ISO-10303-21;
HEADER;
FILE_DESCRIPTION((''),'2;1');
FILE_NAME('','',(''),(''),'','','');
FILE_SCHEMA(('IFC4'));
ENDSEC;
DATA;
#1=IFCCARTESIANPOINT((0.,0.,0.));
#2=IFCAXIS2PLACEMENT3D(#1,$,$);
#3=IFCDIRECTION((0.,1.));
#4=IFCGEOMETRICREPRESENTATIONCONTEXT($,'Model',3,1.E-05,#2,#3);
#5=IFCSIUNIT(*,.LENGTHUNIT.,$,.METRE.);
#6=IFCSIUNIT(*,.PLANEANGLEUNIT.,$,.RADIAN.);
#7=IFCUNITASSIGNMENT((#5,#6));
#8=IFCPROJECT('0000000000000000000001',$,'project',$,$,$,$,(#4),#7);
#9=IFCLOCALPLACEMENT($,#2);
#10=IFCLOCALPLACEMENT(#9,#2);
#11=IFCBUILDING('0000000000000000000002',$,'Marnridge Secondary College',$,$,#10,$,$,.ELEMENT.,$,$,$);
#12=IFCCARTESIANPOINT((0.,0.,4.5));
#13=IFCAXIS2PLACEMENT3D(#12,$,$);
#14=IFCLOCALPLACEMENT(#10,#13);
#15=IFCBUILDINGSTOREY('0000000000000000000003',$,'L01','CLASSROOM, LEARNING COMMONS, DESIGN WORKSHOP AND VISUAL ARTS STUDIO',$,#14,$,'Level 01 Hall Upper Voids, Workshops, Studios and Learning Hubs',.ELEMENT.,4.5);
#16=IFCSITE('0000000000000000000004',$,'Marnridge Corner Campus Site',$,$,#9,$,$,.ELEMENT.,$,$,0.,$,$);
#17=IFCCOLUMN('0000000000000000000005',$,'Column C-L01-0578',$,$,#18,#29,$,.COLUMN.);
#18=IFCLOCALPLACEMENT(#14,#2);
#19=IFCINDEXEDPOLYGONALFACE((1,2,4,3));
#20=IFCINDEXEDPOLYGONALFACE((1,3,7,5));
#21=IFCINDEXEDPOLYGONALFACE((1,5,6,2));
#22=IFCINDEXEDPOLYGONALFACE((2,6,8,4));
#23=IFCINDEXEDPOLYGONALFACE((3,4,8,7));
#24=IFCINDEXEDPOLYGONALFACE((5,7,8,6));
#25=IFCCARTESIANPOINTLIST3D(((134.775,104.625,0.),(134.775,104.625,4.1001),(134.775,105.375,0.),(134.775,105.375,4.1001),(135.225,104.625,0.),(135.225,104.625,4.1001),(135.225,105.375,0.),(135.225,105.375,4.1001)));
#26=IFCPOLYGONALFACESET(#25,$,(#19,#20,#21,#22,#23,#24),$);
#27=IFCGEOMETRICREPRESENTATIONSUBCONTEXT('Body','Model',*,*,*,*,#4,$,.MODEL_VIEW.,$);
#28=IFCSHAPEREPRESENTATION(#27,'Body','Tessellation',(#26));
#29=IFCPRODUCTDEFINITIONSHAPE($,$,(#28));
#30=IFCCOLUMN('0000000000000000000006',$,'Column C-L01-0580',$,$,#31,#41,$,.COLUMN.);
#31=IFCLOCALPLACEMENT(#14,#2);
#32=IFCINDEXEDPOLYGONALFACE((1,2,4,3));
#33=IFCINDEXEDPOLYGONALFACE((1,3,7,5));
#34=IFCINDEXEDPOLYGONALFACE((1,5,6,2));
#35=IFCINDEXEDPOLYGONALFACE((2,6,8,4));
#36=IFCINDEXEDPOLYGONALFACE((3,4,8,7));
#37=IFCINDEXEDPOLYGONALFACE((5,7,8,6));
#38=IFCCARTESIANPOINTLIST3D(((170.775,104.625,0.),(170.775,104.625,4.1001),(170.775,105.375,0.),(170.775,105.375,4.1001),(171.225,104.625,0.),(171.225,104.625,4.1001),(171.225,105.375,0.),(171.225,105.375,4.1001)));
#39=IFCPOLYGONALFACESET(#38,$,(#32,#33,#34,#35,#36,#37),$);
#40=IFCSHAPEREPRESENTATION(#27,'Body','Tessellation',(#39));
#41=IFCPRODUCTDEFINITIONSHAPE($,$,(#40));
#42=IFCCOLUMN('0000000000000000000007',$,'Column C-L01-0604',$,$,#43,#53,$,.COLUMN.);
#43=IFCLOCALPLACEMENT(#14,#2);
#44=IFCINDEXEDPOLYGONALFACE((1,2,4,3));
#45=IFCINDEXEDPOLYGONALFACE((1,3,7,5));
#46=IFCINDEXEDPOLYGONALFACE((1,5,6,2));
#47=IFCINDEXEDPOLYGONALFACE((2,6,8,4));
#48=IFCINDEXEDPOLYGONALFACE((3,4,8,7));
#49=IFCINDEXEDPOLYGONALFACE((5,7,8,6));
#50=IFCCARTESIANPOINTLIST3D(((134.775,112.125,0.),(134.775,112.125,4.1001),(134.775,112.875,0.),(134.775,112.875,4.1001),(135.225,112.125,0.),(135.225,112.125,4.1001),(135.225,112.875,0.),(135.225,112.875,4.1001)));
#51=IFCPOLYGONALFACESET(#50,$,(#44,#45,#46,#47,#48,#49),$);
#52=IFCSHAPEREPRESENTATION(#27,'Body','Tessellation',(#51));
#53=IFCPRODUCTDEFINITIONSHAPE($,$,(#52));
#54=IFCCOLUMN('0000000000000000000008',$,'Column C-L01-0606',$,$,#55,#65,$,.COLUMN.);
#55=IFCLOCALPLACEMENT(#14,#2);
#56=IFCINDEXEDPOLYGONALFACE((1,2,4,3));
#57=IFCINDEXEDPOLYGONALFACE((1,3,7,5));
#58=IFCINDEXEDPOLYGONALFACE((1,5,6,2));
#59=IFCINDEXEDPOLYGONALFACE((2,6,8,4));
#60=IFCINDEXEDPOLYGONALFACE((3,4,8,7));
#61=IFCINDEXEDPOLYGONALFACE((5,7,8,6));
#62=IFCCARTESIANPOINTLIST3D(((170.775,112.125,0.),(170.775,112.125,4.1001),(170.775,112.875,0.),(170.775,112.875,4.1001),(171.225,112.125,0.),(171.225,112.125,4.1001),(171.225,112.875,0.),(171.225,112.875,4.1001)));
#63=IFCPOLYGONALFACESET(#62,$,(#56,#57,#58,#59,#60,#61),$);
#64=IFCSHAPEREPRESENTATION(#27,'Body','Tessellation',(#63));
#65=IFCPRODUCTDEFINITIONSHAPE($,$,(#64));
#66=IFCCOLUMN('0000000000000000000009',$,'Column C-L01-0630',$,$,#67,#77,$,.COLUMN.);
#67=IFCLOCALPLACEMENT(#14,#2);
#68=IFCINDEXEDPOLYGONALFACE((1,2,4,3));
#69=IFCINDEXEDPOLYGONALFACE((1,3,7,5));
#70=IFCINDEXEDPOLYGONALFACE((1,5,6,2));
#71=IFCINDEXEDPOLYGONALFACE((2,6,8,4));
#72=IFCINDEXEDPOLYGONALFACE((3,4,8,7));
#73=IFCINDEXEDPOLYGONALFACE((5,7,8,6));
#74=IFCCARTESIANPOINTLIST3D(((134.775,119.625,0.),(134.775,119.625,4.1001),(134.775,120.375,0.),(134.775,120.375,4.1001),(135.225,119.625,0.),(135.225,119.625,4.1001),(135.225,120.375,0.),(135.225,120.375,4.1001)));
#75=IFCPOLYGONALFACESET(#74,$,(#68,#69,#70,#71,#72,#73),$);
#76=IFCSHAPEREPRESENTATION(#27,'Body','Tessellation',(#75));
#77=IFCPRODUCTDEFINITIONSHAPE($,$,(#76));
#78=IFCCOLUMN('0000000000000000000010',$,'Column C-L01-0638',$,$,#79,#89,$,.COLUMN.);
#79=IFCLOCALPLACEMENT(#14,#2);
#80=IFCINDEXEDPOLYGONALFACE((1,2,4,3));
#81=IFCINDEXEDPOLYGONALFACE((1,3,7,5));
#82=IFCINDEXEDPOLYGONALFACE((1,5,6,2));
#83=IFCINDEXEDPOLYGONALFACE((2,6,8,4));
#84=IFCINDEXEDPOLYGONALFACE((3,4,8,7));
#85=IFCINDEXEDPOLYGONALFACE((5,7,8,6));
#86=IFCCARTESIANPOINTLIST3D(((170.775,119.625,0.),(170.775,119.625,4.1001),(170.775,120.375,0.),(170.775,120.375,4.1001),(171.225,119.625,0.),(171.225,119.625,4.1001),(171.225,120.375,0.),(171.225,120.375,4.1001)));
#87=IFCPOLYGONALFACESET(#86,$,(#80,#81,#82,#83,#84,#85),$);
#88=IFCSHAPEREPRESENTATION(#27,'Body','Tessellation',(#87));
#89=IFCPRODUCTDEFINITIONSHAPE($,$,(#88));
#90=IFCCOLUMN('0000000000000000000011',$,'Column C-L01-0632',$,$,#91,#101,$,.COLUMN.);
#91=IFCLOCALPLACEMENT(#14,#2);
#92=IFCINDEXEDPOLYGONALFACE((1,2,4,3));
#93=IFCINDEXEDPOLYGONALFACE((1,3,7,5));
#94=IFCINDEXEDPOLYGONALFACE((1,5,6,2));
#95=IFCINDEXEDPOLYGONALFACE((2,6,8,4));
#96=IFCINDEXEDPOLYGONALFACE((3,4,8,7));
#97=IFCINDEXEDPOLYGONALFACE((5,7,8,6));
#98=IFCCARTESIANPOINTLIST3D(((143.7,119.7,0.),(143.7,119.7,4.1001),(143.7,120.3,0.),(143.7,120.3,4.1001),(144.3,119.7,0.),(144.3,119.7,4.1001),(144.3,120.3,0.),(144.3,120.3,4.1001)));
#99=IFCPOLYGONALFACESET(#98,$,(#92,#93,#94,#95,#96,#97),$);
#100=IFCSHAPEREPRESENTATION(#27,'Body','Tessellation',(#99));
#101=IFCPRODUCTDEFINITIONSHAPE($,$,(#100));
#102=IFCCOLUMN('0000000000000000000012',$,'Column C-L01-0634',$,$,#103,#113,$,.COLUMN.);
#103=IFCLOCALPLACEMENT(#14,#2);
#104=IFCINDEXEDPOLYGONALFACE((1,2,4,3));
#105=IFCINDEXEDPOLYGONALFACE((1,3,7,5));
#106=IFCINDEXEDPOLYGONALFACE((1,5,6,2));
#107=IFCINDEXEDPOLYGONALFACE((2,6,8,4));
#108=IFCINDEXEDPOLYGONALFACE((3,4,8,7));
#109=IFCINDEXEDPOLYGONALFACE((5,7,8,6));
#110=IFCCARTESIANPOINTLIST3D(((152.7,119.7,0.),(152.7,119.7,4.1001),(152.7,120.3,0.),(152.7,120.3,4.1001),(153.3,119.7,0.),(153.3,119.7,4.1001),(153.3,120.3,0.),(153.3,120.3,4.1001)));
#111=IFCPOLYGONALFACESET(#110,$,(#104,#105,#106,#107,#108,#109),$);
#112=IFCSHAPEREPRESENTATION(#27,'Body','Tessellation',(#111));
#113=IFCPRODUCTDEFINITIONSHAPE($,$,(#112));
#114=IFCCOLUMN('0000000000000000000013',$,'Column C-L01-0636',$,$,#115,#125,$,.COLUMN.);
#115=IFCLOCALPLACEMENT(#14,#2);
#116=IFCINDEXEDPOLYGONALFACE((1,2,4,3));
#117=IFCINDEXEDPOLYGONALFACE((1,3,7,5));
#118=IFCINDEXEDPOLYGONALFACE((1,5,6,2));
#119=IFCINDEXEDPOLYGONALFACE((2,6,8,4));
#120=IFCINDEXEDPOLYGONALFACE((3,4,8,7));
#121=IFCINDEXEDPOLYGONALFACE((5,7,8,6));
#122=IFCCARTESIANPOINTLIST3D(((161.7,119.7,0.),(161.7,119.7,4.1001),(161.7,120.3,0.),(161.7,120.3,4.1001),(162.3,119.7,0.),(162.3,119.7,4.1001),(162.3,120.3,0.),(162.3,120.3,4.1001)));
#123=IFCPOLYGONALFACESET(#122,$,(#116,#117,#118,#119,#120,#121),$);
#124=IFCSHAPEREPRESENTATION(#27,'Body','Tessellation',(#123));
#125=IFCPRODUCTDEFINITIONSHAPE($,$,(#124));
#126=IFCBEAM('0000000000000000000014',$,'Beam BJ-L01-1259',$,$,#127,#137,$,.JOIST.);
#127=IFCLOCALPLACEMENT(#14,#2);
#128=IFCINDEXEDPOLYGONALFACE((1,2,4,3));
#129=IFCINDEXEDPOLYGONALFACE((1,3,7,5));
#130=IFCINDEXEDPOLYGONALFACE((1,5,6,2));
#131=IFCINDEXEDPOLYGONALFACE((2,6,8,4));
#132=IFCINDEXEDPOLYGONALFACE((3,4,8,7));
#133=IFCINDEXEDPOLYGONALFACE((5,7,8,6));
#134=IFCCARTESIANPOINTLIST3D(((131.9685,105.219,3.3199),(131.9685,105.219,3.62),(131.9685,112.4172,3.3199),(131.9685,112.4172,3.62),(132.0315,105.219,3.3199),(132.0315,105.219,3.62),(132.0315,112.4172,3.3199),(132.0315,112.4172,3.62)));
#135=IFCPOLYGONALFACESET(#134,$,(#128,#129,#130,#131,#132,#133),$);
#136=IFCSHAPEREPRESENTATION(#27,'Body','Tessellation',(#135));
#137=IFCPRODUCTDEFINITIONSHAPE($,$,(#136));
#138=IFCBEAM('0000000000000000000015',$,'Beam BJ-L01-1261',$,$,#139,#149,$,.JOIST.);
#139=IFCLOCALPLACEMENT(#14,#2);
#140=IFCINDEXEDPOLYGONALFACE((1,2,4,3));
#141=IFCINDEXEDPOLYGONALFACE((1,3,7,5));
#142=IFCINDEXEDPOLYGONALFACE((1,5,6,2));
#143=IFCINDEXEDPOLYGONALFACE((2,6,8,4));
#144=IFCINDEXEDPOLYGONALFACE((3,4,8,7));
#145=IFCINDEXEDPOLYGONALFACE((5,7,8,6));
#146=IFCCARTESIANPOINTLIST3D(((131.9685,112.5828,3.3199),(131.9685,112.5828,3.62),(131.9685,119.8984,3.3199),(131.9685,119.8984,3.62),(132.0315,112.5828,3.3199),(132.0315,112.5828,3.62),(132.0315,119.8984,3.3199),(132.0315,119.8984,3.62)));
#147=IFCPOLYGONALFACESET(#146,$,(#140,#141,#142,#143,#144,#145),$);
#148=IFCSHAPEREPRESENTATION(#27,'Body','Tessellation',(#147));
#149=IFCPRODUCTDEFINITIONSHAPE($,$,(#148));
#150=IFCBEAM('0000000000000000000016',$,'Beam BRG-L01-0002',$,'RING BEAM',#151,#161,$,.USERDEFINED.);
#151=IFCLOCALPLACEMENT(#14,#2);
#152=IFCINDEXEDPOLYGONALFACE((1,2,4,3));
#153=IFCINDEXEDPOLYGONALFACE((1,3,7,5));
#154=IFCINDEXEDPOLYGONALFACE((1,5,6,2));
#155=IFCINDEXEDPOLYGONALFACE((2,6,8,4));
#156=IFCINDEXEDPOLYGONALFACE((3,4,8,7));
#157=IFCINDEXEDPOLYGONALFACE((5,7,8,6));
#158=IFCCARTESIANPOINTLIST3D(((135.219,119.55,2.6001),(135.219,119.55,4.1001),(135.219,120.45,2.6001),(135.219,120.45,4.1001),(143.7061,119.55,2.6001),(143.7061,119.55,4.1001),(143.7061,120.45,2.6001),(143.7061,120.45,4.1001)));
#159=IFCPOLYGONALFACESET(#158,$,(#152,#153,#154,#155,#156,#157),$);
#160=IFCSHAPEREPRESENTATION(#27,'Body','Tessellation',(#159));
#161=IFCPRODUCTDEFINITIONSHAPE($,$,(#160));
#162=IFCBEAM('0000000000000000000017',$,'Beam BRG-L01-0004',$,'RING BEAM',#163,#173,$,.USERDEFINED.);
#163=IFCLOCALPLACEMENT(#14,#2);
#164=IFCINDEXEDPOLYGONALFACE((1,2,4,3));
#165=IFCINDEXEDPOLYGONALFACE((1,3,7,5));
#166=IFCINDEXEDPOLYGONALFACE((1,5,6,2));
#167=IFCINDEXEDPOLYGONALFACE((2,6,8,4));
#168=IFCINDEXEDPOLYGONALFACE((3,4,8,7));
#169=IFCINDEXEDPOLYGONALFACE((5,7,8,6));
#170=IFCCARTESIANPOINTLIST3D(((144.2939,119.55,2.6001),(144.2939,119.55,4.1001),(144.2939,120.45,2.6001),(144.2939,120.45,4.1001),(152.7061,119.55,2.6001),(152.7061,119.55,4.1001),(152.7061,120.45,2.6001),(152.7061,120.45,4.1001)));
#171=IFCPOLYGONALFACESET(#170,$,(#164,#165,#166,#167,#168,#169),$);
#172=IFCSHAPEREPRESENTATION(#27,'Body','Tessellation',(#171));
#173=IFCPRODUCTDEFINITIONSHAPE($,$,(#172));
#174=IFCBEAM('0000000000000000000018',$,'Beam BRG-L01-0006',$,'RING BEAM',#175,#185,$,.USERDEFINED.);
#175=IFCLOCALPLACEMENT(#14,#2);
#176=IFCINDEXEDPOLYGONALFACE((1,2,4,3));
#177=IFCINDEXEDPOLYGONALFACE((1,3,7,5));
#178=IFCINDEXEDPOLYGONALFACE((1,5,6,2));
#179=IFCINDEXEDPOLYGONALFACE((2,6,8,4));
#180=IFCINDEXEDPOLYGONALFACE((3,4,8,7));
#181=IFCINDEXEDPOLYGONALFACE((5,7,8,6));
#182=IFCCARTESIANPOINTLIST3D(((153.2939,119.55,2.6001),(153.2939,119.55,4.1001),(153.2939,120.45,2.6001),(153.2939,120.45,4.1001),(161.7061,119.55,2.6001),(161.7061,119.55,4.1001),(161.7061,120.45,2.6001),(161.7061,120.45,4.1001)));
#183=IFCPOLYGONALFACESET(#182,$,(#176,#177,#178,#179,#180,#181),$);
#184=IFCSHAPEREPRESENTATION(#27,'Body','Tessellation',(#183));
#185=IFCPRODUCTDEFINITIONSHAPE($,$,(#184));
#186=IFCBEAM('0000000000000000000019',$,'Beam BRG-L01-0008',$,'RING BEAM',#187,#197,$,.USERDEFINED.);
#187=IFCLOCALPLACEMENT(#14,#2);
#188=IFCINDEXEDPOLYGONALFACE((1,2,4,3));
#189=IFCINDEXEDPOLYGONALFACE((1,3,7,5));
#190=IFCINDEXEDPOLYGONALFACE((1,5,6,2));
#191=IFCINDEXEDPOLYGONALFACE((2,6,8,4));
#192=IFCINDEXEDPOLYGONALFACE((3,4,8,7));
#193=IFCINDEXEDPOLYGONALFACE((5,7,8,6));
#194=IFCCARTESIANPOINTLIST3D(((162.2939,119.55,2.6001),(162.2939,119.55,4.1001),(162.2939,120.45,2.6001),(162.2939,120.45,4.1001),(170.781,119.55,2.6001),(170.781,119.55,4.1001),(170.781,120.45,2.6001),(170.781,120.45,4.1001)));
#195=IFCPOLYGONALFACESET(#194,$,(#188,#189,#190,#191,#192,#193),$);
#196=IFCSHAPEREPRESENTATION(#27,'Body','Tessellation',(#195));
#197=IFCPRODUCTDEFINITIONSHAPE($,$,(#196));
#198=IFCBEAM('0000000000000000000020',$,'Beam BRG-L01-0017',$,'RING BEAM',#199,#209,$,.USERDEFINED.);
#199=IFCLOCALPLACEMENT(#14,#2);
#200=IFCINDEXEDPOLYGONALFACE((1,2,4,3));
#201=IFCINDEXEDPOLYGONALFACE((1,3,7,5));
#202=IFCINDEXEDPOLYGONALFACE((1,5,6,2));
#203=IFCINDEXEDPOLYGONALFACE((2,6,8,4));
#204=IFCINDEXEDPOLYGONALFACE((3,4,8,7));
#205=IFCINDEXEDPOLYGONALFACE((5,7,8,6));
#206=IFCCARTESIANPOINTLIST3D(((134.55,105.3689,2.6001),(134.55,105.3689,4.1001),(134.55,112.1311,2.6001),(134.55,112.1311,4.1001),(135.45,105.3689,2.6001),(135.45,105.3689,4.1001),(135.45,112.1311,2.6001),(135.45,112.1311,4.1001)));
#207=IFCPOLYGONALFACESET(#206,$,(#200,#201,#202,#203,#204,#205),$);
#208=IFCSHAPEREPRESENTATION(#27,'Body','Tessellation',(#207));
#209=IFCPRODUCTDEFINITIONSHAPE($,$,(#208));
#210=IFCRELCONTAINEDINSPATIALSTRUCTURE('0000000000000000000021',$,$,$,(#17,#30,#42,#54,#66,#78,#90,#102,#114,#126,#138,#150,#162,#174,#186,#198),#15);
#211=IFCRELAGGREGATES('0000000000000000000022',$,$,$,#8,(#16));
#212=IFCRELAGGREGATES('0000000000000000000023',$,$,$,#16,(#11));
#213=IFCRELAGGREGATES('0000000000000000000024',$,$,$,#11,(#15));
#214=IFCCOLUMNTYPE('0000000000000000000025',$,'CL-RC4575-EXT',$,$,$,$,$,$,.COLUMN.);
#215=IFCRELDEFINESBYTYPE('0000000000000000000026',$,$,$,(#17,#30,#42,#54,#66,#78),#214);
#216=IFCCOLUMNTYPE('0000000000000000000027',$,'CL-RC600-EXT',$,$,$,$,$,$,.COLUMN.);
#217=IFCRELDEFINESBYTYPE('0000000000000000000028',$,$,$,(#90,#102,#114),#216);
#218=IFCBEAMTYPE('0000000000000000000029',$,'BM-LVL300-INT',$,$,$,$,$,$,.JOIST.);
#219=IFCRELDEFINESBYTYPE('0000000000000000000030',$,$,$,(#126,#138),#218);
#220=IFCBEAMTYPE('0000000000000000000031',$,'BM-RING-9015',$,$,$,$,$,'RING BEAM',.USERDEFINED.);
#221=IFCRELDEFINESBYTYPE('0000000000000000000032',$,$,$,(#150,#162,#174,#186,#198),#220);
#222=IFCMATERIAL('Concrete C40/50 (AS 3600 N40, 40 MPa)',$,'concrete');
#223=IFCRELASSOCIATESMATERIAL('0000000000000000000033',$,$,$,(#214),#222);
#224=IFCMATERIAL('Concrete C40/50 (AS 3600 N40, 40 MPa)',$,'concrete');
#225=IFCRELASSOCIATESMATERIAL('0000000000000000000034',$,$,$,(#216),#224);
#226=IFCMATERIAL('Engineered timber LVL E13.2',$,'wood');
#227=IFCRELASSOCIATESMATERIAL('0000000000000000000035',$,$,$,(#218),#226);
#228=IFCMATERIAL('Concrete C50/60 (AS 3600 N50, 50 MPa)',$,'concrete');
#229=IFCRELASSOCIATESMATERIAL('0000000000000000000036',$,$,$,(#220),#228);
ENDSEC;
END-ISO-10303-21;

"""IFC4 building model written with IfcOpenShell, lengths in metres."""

from ifc_helpers import new_model, si_unit, direction, frame, origin, origin_2d, place, context, subcontext, project, spatial, rectangle, extrude, material, material_profile, profile_set, type_object, element, save


model = new_model("IFC4")

# Units and contexts
model_context = context("Model", 3, precision=1e-05, world=origin(), true_north=direction((0.0, 1.0)))
body_context = subcontext(model_context, "Body", "Model", "MODEL_VIEW")
ifc_project = project(units=[si_unit("LENGTHUNIT", "METRE"), si_unit("PLANEANGLEUNIT", "RADIAN")], contexts=[model_context])

# Site, building, storey
site_placement = place(None, origin())
site = spatial("IfcSite", under=ifc_project, at=site_placement, Name="Marnridge Corner Campus Site", CompositionType="ELEMENT", RefElevation=0.0)
building_placement = place(site_placement, origin())
building = spatial("IfcBuilding", under=site, at=building_placement, Name="Marnridge Secondary College", CompositionType="ELEMENT")
storey_placement = place(building_placement, frame((0.0, 0.0, 4.5)))
storey = spatial("IfcBuildingStorey", under=building, at=storey_placement, Name="L01", Description="CLASSROOM, LEARNING COMMONS, DESIGN WORKSHOP AND VISUAL ARTS STUDIO", LongName="Level 01 Hall Upper Voids, Workshops, Studios and Learning Hubs", CompositionType="ELEMENT", Elevation=4.5)

# Columns
ifc_material_1 = material(Name="Concrete C40/50 (AS 3600 N40, 40 MPa)", Category="concrete")
ifc_material_profile_1 = material_profile(ifc_material_1, rectangle(XDim=0.45, YDim=0.75, at=origin_2d()), Name="RC 450x750")
ifc_profile_set_1 = profile_set([ifc_material_profile_1], Name="Concrete C40/50 (AS 3600 N40, 40 MPa)")
column_type_1 = type_object("IfcColumnType", Name="CL-RC4575-EXT", PredefinedType="COLUMN", material=ifc_profile_set_1)
for number, where, z_axis, x_axis, name in (
    (1, (135.0, 105.0, 0.0), (0.0, 0.0, 1.0), (1.0, 0.0, 0.0), "Column C-L01-0578"),
    (2, (171.0, 105.0, 0.0), (0.0, 0.0, 1.0), (1.0, 0.0, 0.0), "Column C-L01-0580"),
    (3, (135.0, 112.5, 0.0), (0.0, 0.0, 1.0), (1.0, 0.0, 0.0), "Column C-L01-0604"),
    (4, (171.0, 112.5, 0.0), (0.0, 0.0, 1.0), (1.0, 0.0, 0.0), "Column C-L01-0606"),
    (5, (135.0, 120.0, 0.0), (0.0, 0.0, 1.0), (1.0, 0.0, 0.0), "Column C-L01-0630"),
    (6, (171.0, 120.0, 0.0), (0.0, 0.0, 1.0), (1.0, 0.0, 0.0), "Column C-L01-0638"),
):
    element("IfcColumn", number, at=place(storey_placement, frame(where, z_axis=z_axis, x_axis=x_axis)), inside=storey, type_object=column_type_1, Name=name, PredefinedType="COLUMN", context=body_context, shape_type="SweptSolid", body=[
        extrude(rectangle(XDim=0.45, YDim=0.75, at=origin_2d()), origin(), (0.0, 0.0, 1.0), 4.1001),
    ])
ifc_material_2 = material(Name="Concrete C40/50 (AS 3600 N40, 40 MPa)", Category="concrete")
ifc_material_profile_2 = material_profile(ifc_material_2, rectangle(XDim=0.6001, YDim=0.6001, at=origin_2d()), Name="RC 600x600")
ifc_profile_set_2 = profile_set([ifc_material_profile_2], Name="Concrete C40/50 (AS 3600 N40, 40 MPa)")
column_type_2 = type_object("IfcColumnType", Name="CL-RC600-EXT", PredefinedType="COLUMN", material=ifc_profile_set_2)
for number, where, z_axis, x_axis, name in (
    (7, (144.0, 120.0, 0.0), (0.0, 0.0, 1.0), (1.0, 0.0, 0.0), "Column C-L01-0632"),
    (8, (153.0, 120.0, 0.0), (0.0, 0.0, 1.0), (1.0, 0.0, 0.0), "Column C-L01-0634"),
    (9, (162.0, 120.0, 0.0), (0.0, 0.0, 1.0), (1.0, 0.0, 0.0), "Column C-L01-0636"),
):
    element("IfcColumn", number, at=place(storey_placement, frame(where, z_axis=z_axis, x_axis=x_axis)), inside=storey, type_object=column_type_2, Name=name, PredefinedType="COLUMN", context=body_context, shape_type="SweptSolid", body=[
        extrude(rectangle(XDim=0.6001, YDim=0.6001, at=origin_2d()), origin(), (0.0, 0.0, 1.0), 4.1001),
    ])

# Beams
ifc_material_3 = material(Name="Engineered timber LVL E13.2", Category="wood")
ifc_material_profile_3 = material_profile(ifc_material_3, rectangle(XDim=0.063, YDim=0.3, at=origin_2d()), Name="LVL 63x300")
ifc_profile_set_3 = profile_set([ifc_material_profile_3], Name="Engineered timber LVL E13.2")
beam_type_1 = type_object("IfcBeamType", Name="BM-LVL300-INT", PredefinedType="JOIST", material=ifc_profile_set_3)
beam_1_placement = place(storey_placement, frame((132.0, 105.219, 3.47), z_axis=(0.0, 1.0, 0.0), x_axis=(-1.0, 0.0, 0.0)))
element("IfcBeam", 10, at=beam_1_placement, inside=storey, type_object=beam_type_1, Name="Beam BJ-L01-1259", PredefinedType="JOIST", context=body_context, shape_type="SweptSolid", body=[
    extrude(rectangle(XDim=0.063, YDim=0.3, at=origin_2d()), origin(), (0.0, 0.0, 1.0), 7.1982),
])
beam_2_placement = place(storey_placement, frame((132.0, 112.5828, 3.47), z_axis=(0.0, 1.0, 0.0), x_axis=(-1.0, 0.0, 0.0)))
element("IfcBeam", 11, at=beam_2_placement, inside=storey, type_object=beam_type_1, Name="Beam BJ-L01-1261", PredefinedType="JOIST", context=body_context, shape_type="SweptSolid", body=[
    extrude(rectangle(XDim=0.063, YDim=0.3, at=origin_2d()), origin(), (0.0, 0.0, 1.0), 7.3157),
])
ifc_material_4 = material(Name="Concrete C50/60 (AS 3600 N50, 50 MPa)", Category="concrete")
ifc_material_profile_4 = material_profile(ifc_material_4, rectangle(XDim=0.8999, YDim=1.5, at=origin_2d()), Name="RC 900x1500")
ifc_profile_set_4 = profile_set([ifc_material_profile_4], Name="Concrete C50/60 (AS 3600 N50, 50 MPa)")
beam_type_2 = type_object("IfcBeamType", Name="BM-RING-9015", ElementType="RING BEAM", PredefinedType="USERDEFINED", material=ifc_profile_set_4)
beam_3_placement = place(storey_placement, frame((135.219, 120.0, 3.3501), z_axis=(1.0, 0.0, 0.0), x_axis=(0.0, 1.0, 0.0)))
element("IfcBeam", 12, at=beam_3_placement, inside=storey, type_object=beam_type_2, Name="Beam BRG-L01-0002", ObjectType="RING BEAM", PredefinedType="USERDEFINED", context=body_context, shape_type="SweptSolid", body=[
    extrude(rectangle(XDim=0.8999, YDim=1.5, at=origin_2d()), origin(), (0.0, 0.0, 1.0), 8.4871),
])
for number, where, z_axis, x_axis, name in (
    (13, (144.2939, 120.0, 3.3501), (1.0, 0.0, 0.0), (0.0, 1.0, 0.0), "Beam BRG-L01-0004"),
    (14, (153.2939, 120.0, 3.3501), (1.0, 0.0, 0.0), (0.0, 1.0, 0.0), "Beam BRG-L01-0006"),
):
    element("IfcBeam", number, at=place(storey_placement, frame(where, z_axis=z_axis, x_axis=x_axis)), inside=storey, type_object=beam_type_2, Name=name, ObjectType="RING BEAM", PredefinedType="USERDEFINED", context=body_context, shape_type="SweptSolid", body=[
        extrude(rectangle(XDim=0.8999, YDim=1.5, at=origin_2d()), origin(), (0.0, 0.0, 1.0), 8.4121),
    ])
beam_4_placement = place(storey_placement, frame((162.2939, 120.0, 3.3501), z_axis=(1.0, 0.0, 0.0), x_axis=(0.0, 1.0, 0.0)))
element("IfcBeam", 15, at=beam_4_placement, inside=storey, type_object=beam_type_2, Name="Beam BRG-L01-0008", ObjectType="RING BEAM", PredefinedType="USERDEFINED", context=body_context, shape_type="SweptSolid", body=[
    extrude(rectangle(XDim=0.8999, YDim=1.5, at=origin_2d()), origin(), (0.0, 0.0, 1.0), 8.4871),
])
for number, where, z_axis, x_axis, name in (
    (16, (135.0, 105.3689, 3.3501), (0.0, 1.0, 0.0), (-1.0, 0.0, 0.0), "Beam BRG-L01-0017"),
):
    element("IfcBeam", number, at=place(storey_placement, frame(where, z_axis=z_axis, x_axis=x_axis)), inside=storey, type_object=beam_type_2, Name=name, ObjectType="RING BEAM", PredefinedType="USERDEFINED", context=body_context, shape_type="SweptSolid", body=[
        extrude(rectangle(XDim=0.8999, YDim=1.5, at=origin_2d()), origin(), (0.0, 0.0, 1.0), 6.7622),
    ])

save(model, "model.ifc")
